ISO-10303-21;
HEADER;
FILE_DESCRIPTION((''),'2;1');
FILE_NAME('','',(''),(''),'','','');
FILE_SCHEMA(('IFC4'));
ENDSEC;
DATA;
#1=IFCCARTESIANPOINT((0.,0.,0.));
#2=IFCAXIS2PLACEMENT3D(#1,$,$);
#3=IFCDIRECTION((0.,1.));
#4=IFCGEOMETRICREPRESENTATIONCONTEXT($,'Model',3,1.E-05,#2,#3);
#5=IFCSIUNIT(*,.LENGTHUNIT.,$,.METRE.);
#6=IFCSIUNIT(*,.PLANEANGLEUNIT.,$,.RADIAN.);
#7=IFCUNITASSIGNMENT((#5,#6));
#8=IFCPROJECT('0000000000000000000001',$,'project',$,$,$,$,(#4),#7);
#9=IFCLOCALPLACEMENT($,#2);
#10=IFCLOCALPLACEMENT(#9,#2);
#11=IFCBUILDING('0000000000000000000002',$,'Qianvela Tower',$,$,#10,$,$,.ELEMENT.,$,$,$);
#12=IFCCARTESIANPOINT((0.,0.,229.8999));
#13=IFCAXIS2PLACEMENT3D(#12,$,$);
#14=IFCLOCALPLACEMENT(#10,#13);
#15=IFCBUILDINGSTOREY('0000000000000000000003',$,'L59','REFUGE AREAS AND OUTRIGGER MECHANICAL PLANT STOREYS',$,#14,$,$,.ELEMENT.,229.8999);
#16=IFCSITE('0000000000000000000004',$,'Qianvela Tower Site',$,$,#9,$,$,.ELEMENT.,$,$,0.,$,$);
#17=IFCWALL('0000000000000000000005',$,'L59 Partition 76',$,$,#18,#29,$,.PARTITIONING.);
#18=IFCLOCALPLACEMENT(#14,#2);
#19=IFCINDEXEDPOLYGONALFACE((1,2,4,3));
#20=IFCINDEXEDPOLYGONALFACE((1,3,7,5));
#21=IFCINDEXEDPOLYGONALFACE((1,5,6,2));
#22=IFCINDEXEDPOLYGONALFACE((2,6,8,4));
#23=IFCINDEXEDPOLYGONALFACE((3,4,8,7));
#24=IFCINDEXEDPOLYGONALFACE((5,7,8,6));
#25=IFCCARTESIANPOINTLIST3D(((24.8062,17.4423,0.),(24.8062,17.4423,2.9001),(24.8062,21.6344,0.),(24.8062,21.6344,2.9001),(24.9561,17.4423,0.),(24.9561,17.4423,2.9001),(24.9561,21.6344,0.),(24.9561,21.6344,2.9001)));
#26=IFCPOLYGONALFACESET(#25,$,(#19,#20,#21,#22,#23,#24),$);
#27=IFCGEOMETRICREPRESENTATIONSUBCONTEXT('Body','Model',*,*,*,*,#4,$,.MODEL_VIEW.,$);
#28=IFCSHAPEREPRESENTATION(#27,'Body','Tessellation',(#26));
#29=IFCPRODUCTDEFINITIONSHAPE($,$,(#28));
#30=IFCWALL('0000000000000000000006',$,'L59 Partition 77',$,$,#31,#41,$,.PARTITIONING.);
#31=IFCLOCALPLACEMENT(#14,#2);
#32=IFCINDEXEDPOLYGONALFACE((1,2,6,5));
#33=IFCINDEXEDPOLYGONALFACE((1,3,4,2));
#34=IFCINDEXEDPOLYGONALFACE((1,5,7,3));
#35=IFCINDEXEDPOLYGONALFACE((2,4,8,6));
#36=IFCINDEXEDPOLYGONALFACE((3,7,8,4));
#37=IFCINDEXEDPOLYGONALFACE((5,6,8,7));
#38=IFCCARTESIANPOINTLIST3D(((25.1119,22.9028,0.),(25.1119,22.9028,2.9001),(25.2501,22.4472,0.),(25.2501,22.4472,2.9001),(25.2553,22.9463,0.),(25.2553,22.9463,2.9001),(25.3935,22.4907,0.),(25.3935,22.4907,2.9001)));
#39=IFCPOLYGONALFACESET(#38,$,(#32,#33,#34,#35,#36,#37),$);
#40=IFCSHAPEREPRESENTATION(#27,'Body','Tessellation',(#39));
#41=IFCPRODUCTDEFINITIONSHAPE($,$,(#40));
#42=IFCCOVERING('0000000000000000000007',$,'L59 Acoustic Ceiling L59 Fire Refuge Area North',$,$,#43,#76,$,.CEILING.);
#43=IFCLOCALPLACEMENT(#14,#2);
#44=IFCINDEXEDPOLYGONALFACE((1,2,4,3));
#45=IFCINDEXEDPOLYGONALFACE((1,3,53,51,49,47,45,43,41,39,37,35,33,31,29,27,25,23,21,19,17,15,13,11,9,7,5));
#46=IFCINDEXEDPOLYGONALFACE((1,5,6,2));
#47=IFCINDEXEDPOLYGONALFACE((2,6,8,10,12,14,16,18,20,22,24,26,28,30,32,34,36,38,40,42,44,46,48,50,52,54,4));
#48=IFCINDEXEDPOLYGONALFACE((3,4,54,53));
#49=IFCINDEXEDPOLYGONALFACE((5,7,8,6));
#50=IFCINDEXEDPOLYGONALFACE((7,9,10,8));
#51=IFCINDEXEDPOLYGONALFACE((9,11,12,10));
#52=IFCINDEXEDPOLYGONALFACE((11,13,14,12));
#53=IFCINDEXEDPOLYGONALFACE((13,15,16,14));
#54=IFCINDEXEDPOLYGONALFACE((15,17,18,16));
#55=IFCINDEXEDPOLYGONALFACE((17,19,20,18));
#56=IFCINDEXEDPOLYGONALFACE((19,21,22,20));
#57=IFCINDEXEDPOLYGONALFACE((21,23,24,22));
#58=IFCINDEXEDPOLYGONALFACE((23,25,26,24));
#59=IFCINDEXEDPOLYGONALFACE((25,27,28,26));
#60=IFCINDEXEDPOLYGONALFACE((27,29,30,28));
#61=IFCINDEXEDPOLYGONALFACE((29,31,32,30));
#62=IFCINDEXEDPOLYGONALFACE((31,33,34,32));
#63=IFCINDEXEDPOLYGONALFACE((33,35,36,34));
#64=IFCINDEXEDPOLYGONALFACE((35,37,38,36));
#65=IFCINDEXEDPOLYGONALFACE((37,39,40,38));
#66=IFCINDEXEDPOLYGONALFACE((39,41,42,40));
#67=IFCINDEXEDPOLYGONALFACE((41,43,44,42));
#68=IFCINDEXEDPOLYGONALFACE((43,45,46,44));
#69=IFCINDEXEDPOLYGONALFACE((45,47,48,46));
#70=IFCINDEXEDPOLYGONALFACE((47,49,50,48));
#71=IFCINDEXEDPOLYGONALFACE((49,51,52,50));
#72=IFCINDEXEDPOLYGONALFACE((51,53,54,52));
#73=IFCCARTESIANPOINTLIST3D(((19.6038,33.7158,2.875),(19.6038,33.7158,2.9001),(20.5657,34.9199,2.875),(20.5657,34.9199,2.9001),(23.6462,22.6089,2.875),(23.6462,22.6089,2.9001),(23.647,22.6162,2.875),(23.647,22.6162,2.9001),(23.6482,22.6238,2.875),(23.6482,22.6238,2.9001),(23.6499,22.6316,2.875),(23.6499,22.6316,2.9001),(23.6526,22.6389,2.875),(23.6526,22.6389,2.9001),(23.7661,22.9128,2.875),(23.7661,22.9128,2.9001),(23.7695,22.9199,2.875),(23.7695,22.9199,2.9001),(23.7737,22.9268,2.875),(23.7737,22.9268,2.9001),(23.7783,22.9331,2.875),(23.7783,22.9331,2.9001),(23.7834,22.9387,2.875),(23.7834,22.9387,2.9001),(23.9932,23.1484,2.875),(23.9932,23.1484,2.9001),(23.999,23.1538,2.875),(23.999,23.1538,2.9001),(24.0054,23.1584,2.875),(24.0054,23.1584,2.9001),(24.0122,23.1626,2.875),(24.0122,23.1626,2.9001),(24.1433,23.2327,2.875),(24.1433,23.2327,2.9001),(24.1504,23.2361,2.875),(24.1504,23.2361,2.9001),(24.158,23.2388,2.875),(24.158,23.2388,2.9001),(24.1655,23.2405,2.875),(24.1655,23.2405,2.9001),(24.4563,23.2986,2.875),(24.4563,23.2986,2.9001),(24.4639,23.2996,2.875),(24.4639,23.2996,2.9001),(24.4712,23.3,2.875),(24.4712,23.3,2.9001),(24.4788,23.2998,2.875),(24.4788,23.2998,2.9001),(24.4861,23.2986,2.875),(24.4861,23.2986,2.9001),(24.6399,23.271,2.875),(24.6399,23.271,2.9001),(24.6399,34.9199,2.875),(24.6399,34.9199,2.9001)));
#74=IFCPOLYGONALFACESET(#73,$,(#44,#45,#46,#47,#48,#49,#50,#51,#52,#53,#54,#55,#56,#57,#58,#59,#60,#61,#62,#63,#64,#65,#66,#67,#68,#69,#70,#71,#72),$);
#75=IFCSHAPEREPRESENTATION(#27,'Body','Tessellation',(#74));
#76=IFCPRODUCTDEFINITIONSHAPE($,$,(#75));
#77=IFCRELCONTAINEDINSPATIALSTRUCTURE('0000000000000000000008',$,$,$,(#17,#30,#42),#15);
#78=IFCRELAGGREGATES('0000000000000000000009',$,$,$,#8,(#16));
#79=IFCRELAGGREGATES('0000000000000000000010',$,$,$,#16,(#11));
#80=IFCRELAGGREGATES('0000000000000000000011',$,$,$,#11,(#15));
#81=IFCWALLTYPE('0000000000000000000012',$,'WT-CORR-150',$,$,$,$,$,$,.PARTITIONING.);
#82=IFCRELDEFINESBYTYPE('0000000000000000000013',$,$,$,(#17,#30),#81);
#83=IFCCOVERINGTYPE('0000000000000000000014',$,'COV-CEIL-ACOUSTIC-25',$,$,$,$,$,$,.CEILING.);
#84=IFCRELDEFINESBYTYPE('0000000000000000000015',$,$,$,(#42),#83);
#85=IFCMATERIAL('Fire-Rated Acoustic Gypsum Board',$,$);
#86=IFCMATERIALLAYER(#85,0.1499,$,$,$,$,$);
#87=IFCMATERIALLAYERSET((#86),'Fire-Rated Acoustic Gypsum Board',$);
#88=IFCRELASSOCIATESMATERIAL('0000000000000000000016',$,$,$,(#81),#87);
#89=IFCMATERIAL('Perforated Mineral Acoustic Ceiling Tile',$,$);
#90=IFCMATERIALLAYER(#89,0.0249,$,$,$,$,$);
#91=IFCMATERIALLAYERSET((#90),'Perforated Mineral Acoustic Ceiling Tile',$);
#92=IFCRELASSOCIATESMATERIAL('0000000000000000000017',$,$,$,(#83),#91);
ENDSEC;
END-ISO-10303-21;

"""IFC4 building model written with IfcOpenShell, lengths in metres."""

from ifc_helpers import new_model, si_unit, direction, frame, frame_2d, origin, place, context, subcontext, project, spatial, polyline, rectangle, outline, extrude, material, layer, layer_set, type_object, element, save


model = new_model("IFC4")

# Units and contexts
model_context = context("Model", 3, precision=1e-05, world=origin(), true_north=direction((0.0, 1.0)))
body_context = subcontext(model_context, "Body", "Model", "MODEL_VIEW")
ifc_project = project(units=[si_unit("LENGTHUNIT", "METRE"), si_unit("PLANEANGLEUNIT", "RADIAN")], contexts=[model_context])

# Site, building, storey
site_placement = place(None, origin())
site = spatial("IfcSite", under=ifc_project, at=site_placement, Name="Qianvela Tower Site", CompositionType="ELEMENT", RefElevation=0.0)
building_placement = place(site_placement, origin())
building = spatial("IfcBuilding", under=site, at=building_placement, Name="Qianvela Tower", CompositionType="ELEMENT")
storey_placement = place(building_placement, frame((0.0, 0.0, 229.8999)))
storey = spatial("IfcBuildingStorey", under=building, at=storey_placement, Name="L59", Description="REFUGE AREAS AND OUTRIGGER MECHANICAL PLANT STOREYS", CompositionType="ELEMENT", Elevation=229.8999)

# Walls
ifc_material_1 = material(Name="Fire-Rated Acoustic Gypsum Board")
ifc_layer_1 = layer(ifc_material_1, 0.1499)
ifc_layer_set_1 = layer_set([ifc_layer_1], Name="Fire-Rated Acoustic Gypsum Board")
wall_type = type_object("IfcWallType", Name="WT-CORR-150", PredefinedType="PARTITIONING", material=ifc_layer_set_1)
wall_1_placement = place(storey_placement, frame((24.8811, 17.4421, 0.0), z_axis=(0.0, 0.0, 1.0), x_axis=(0.0, 1.0, 0.0)))
element("IfcWall", 1, at=wall_1_placement, inside=storey, type_object=wall_type, Name="L59 Partition 76", PredefinedType="PARTITIONING", context=body_context, shape_type="SweptSolid", body=[
    extrude(rectangle(XDim=4.1921, YDim=0.1499, at=frame_2d((2.0962, 0.0))), origin(), (0.0, 0.0, 1.0), 2.9001),
])
wall_2_placement = place(storey_placement, frame((25.3218, 22.469, 0.0), z_axis=(0.0, 0.0, 1.0), x_axis=(-0.290264, 0.956947, 0.0)))
element("IfcWall", 2, at=wall_2_placement, inside=storey, type_object=wall_type, Name="L59 Partition 77", PredefinedType="PARTITIONING", context=body_context, shape_type="SweptSolid", body=[
    extrude(rectangle(XDim=0.4761, YDim=0.1499, at=frame_2d((0.238, 0.0))), origin(), (0.0, 0.0, 1.0), 2.9001),
])

# Covering
ifc_material_2 = material(Name="Perforated Mineral Acoustic Ceiling Tile")
ifc_layer_2 = layer(ifc_material_2, 0.0249)
ifc_layer_set_2 = layer_set([ifc_layer_2], Name="Perforated Mineral Acoustic Ceiling Tile")
covering_type_1 = type_object("IfcCoveringType", Name="COV-CEIL-ACOUSTIC-25", PredefinedType="CEILING", material=ifc_layer_set_2)
covering_1_placement = place(storey_placement, frame((0.0, 0.0, 2.875)))
element("IfcCovering", 3, at=covering_1_placement, inside=storey, type_object=covering_type_1, Name="L59 Acoustic Ceiling L59 Fire Refuge Area North", PredefinedType="CEILING", context=body_context, shape_type="SweptSolid", body=[
    extrude(outline(polyline([(19.6038, 33.7158), (20.5657, 34.9199), (24.6399, 34.9199), (24.6399, 23.271), (24.4861, 23.2986), (24.4788, 23.2998), (24.4712, 23.3), (24.4639, 23.2996), (24.4563, 23.2986), (24.1655, 23.2405), (24.158, 23.2388), (24.1504, 23.2361), (24.1433, 23.2327), (24.0122, 23.1626), (24.0054, 23.1584), (23.999, 23.1538), (23.9932, 23.1484), (23.7834, 22.9387), (23.7783, 22.9331), (23.7737, 22.9268), (23.7695, 22.9199), (23.7661, 22.9128), (23.6526, 22.6389), (23.6499, 22.6316), (23.6482, 22.6238), (23.647, 22.6162), (23.6462, 22.6089), (19.6038, 33.7158)])), origin(), (0.0, 0.0, 1.0), 0.0251),
])

save(model, "model.ifc")
